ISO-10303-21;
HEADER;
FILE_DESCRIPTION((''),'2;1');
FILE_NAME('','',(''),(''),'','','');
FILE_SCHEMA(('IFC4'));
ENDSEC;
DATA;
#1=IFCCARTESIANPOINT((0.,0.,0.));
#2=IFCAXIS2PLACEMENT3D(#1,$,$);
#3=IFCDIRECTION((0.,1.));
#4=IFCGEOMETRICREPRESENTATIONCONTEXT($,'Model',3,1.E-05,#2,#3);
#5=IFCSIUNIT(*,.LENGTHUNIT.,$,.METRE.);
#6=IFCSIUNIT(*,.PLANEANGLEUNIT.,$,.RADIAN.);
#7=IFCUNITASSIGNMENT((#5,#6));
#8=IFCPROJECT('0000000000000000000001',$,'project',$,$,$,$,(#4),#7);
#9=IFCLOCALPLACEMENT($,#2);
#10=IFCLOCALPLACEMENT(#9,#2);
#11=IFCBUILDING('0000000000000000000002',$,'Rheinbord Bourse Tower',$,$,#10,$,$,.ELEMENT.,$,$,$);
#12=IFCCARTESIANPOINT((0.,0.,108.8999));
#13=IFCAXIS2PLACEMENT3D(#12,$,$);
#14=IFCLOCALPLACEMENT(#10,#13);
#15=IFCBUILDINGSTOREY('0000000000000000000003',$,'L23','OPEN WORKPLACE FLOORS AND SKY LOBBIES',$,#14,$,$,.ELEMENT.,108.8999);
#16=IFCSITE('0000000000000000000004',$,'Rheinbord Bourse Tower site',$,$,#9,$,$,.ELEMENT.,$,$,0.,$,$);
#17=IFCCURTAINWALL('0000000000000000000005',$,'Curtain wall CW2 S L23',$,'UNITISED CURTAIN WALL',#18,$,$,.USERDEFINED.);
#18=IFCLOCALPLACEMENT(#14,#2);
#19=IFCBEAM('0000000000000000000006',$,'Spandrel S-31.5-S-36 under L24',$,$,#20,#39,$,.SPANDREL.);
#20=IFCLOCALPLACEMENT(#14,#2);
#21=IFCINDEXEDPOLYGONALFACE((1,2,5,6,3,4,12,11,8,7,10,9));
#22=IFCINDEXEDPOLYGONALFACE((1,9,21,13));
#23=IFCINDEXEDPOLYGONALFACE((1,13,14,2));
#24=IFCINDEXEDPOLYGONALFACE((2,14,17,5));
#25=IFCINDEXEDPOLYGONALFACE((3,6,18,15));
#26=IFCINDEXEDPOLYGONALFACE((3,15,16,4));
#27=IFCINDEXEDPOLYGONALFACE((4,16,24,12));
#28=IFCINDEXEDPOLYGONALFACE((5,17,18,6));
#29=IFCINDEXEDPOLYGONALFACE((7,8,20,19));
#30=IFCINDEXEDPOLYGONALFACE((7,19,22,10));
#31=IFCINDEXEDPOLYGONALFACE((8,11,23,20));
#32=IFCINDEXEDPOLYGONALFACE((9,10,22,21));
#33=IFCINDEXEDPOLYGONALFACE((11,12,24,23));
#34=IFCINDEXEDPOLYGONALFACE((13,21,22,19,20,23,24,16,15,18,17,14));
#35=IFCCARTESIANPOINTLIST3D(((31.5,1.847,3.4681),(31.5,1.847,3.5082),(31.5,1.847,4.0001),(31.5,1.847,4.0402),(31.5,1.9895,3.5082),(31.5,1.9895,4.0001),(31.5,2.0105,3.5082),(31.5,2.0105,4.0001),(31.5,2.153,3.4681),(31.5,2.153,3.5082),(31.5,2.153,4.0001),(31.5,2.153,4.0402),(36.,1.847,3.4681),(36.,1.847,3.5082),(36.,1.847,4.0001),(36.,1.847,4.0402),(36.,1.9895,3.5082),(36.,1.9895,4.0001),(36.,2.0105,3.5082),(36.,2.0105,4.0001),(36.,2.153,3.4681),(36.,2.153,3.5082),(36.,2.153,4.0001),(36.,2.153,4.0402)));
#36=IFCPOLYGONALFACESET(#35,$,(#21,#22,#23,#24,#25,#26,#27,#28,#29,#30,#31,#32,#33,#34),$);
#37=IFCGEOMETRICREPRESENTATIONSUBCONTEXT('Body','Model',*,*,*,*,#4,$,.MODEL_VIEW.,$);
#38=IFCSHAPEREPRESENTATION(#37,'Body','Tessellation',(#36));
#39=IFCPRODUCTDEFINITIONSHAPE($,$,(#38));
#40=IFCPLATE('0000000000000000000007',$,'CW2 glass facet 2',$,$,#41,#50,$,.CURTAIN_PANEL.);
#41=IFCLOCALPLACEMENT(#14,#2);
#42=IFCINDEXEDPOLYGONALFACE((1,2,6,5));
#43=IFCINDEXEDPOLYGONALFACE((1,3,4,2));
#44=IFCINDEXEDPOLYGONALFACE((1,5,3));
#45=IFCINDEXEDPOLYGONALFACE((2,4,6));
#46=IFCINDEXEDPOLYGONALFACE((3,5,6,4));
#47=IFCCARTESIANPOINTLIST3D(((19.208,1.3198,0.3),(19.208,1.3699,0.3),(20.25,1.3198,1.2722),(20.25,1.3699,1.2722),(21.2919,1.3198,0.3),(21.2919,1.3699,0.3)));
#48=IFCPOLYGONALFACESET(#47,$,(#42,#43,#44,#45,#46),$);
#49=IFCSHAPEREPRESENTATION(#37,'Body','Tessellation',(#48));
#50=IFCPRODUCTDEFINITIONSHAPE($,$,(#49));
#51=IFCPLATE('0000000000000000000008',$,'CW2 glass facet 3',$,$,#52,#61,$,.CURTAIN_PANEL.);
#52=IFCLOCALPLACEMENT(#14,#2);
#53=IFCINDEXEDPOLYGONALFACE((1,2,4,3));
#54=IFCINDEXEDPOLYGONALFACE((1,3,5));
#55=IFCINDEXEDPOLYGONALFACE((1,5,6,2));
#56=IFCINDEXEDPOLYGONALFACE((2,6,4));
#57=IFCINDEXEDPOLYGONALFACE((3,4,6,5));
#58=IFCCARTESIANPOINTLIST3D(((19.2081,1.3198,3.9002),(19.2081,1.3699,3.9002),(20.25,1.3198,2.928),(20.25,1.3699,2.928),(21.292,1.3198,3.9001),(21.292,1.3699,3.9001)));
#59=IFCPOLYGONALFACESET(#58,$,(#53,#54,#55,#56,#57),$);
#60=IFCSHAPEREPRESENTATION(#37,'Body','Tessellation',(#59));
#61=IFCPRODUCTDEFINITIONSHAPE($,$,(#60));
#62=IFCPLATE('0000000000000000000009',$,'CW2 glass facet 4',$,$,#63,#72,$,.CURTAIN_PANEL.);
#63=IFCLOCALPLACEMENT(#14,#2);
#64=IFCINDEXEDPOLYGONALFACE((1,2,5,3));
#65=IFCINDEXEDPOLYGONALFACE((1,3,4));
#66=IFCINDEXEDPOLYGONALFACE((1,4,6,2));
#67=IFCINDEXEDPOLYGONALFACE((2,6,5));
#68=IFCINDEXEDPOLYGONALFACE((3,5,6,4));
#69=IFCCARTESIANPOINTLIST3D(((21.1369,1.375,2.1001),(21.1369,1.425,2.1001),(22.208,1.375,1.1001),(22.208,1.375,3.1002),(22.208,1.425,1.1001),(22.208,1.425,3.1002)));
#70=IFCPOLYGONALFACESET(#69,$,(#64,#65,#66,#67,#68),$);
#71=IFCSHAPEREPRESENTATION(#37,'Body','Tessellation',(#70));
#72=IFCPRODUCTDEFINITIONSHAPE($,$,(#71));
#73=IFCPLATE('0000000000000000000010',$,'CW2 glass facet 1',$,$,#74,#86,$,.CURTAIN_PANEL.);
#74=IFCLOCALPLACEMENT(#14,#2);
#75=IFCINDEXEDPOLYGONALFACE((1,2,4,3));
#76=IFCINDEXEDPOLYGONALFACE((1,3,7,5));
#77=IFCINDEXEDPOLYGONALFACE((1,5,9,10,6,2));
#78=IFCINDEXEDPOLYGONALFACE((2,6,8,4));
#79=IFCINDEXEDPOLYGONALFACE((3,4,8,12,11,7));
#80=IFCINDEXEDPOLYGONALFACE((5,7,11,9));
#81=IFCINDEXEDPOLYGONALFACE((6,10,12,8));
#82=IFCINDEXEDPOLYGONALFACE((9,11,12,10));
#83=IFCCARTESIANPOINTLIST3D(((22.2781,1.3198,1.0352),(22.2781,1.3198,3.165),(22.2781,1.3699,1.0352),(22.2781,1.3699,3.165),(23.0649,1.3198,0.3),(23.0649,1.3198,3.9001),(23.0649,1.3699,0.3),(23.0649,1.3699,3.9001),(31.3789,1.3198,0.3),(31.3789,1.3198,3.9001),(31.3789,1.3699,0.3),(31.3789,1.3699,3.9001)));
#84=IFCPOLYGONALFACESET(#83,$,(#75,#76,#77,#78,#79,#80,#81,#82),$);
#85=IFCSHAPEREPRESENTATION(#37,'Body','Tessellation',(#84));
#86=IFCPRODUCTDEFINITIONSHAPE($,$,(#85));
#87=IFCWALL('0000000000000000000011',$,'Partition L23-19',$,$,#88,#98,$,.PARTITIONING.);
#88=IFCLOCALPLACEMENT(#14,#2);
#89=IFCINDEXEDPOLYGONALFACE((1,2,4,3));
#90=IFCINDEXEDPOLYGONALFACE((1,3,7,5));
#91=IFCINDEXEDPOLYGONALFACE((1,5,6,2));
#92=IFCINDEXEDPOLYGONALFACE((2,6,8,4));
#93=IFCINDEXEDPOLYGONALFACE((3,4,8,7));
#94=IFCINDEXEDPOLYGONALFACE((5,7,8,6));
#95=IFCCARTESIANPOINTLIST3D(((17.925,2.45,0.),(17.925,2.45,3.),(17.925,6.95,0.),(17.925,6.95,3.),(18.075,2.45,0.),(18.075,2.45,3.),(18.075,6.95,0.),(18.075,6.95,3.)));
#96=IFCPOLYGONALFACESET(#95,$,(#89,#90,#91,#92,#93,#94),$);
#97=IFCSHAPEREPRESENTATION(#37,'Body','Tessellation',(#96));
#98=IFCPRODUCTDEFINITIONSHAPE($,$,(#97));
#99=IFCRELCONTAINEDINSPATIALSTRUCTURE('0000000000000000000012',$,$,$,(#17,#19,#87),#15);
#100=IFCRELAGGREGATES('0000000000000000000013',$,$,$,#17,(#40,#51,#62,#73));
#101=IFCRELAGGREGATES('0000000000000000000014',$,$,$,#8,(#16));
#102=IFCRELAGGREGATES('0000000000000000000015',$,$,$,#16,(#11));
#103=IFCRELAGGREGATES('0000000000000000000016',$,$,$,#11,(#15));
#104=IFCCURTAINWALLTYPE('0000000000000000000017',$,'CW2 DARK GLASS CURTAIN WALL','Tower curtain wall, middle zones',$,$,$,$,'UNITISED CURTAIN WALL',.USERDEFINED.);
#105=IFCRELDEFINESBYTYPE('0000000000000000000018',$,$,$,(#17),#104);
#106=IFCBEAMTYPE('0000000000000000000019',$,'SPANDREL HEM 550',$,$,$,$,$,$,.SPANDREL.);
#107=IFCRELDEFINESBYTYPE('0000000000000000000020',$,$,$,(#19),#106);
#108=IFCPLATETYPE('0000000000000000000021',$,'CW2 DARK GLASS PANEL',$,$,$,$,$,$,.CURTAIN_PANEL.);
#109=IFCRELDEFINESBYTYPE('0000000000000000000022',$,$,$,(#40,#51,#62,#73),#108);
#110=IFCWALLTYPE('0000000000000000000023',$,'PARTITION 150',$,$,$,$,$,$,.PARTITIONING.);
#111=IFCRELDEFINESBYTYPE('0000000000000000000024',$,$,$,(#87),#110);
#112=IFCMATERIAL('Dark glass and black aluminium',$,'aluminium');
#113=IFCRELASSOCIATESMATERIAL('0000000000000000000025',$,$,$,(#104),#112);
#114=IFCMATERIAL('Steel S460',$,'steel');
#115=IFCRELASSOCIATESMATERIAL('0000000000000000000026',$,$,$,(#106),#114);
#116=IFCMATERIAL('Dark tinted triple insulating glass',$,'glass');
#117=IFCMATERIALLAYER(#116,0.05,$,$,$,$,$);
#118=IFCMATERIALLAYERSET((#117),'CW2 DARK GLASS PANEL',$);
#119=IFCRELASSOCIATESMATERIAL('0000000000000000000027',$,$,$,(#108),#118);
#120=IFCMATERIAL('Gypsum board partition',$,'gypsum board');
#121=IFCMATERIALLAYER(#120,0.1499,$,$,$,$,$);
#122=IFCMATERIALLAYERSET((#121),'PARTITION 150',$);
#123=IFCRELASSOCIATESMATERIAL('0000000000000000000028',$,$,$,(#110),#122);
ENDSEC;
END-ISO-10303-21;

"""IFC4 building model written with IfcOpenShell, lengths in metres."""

from ifc_helpers import new_model, si_unit, direction, frame, frame_2d, origin, origin_2d, place, context, subcontext, project, spatial, polyline, rectangle, i_section, outline, extrude, material, layer, layer_set, material_profile, profile_set, type_object, element, aggregate, save


model = new_model("IFC4")

# Units and contexts
model_context = context("Model", 3, precision=1e-05, world=origin(), true_north=direction((0.0, 1.0)))
body_context = subcontext(model_context, "Body", "Model", "MODEL_VIEW")
ifc_project = project(units=[si_unit("LENGTHUNIT", "METRE"), si_unit("PLANEANGLEUNIT", "RADIAN")], contexts=[model_context])

# Site, building, storey
site_placement = place(None, origin())
site = spatial("IfcSite", under=ifc_project, at=site_placement, Name="Rheinbord Bourse Tower site", CompositionType="ELEMENT", RefElevation=0.0)
building_placement = place(site_placement, origin())
building = spatial("IfcBuilding", under=site, at=building_placement, Name="Rheinbord Bourse Tower", CompositionType="ELEMENT")
storey_placement = place(building_placement, frame((0.0, 0.0, 108.8999)))
storey = spatial("IfcBuildingStorey", under=building, at=storey_placement, Name="L23", Description="OPEN WORKPLACE FLOORS AND SKY LOBBIES", CompositionType="ELEMENT", Elevation=108.8999)

# Curtain wall
ifc_material_1 = material(Name="Dark glass and black aluminium", Category="aluminium")
curtain_wall_type = type_object("IfcCurtainWallType", Name="CW2 DARK GLASS CURTAIN WALL", Description="Tower curtain wall, middle zones", ElementType="UNITISED CURTAIN WALL", PredefinedType="USERDEFINED", material=ifc_material_1)
curtain_wall_placement = place(storey_placement, origin())
curtain_wall = element("IfcCurtainWall", 1, at=curtain_wall_placement, inside=storey, type_object=curtain_wall_type, Name="Curtain wall CW2 S L23", ObjectType="UNITISED CURTAIN WALL", PredefinedType="USERDEFINED")

# Beam
ifc_material_2 = material(Name="Steel S460", Category="steel")
ifc_material_profile_1 = material_profile(ifc_material_2, i_section(OverallWidth=0.3059, OverallDepth=0.572, WebThickness=0.021, FlangeThickness=0.04, at=origin_2d()), Name="HEM 550")
ifc_profile_set_1 = profile_set([ifc_material_profile_1], Name="Steel S460")
beam_type_1 = type_object("IfcBeamType", Name="SPANDREL HEM 550", PredefinedType="SPANDREL", material=ifc_profile_set_1)
for number, where, z_axis, x_axis, name in (
    (2, (31.5, 2.0, 3.7542), (1.0, 0.0, 0.0), (0.0, 1.0, 0.0), "Spandrel S-31.5-S-36 under L24"),
):
    element("IfcBeam", number, at=place(storey_placement, frame(where, z_axis=z_axis, x_axis=x_axis)), inside=storey, type_object=beam_type_1, Name=name, PredefinedType="SPANDREL", context=body_context, shape_type="SweptSolid", body=[
        extrude(i_section(OverallWidth=0.3059, OverallDepth=0.572, WebThickness=0.021, FlangeThickness=0.04, at=origin_2d()), origin(), (0.0, 0.0, 1.0), 4.5),
    ])

# Plates
ifc_material_3 = material(Name="Dark tinted triple insulating glass", Category="glass")
ifc_layer_1 = layer(ifc_material_3, 0.05)
ifc_layer_set_1 = layer_set([ifc_layer_1], Name="CW2 DARK GLASS PANEL")
plate_type = type_object("IfcPlateType", Name="CW2 DARK GLASS PANEL", PredefinedType="CURTAIN_PANEL", material=ifc_layer_set_1)
plate_1_placement = place(storey_placement, frame((19.208, 1.3198, 0.3), z_axis=(0.0, 1.0, 0.0), x_axis=(0.731181, 0.0, 0.682184)))
plate_1 = element("IfcPlate", 3, at=plate_1_placement, type_object=plate_type, Name="CW2 glass facet 2", PredefinedType="CURTAIN_PANEL", context=body_context, shape_type="SweptSolid", body=[
    extrude(outline(polyline([(0.0, 0.0), (1.425, 0.0), (1.5237, 1.4216), (0.0, 0.0)])), origin(), (0.0, 0.0, 1.0), 0.05),
])
plate_2_placement = place(storey_placement, frame((21.292, 1.3198, 3.9001), z_axis=(0.0, 1.0, 0.0), x_axis=(-0.731181, 0.0, -0.682184)))
plate_2 = element("IfcPlate", 4, at=plate_2_placement, type_object=plate_type, Name="CW2 glass facet 3", PredefinedType="CURTAIN_PANEL", context=body_context, shape_type="SweptSolid", body=[
    extrude(outline(polyline([(0.0, 0.0), (1.425, 0.0), (1.5237, 1.4216), (0.0, 0.0)])), origin(), (0.0, 0.0, 1.0), 0.05),
])
plate_3_placement = place(storey_placement, frame((22.208, 1.375, 1.1001), z_axis=(0.0, 1.0, 0.0), x_axis=(-0.730933, 0.0, 0.682449)))
plate_3 = element("IfcPlate", 5, at=plate_3_placement, type_object=plate_type, Name="CW2 glass facet 4", PredefinedType="CURTAIN_PANEL", context=body_context, shape_type="SweptSolid", body=[
    extrude(outline(polyline([(0.0, 0.0), (1.4653, 0.0), (1.365, 1.4619), (0.0, 0.0)])), origin(), (0.0, 0.0, 1.0), 0.05),
])
plate_4_placement = place(storey_placement, frame((31.3789, 1.3198, 3.9001), z_axis=(0.0, 1.0, 0.0), x_axis=(0.0, 0.0, -1.0)))
plate_4 = element("IfcPlate", 6, at=plate_4_placement, type_object=plate_type, Name="CW2 glass facet 1", PredefinedType="CURTAIN_PANEL", context=body_context, shape_type="SweptSolid", body=[
    extrude(outline(polyline([(0.0, 0.0), (3.6001, 0.0), (3.6001, 8.314), (2.865, 9.1008), (0.7351, 9.1008), (0.0, 8.314), (0.0, 0.0)])), origin(), (0.0, 0.0, 1.0), 0.05),
])
aggregate(curtain_wall, [plate_1, plate_2, plate_3, plate_4])

# Wall
ifc_material_4 = material(Name="Gypsum board partition", Category="gypsum board")
ifc_layer_2 = layer(ifc_material_4, 0.1499)
ifc_layer_set_2 = layer_set([ifc_layer_2], Name="PARTITION 150")
wall_type = type_object("IfcWallType", Name="PARTITION 150", PredefinedType="PARTITIONING", material=ifc_layer_set_2)
wall_placement = place(storey_placement, frame((18.0, 2.45, 0.0), z_axis=(0.0, 0.0, 1.0), x_axis=(0.0, 1.0, 0.0)))
element("IfcWall", 7, at=wall_placement, inside=storey, type_object=wall_type, Name="Partition L23-19", PredefinedType="PARTITIONING", context=body_context, shape_type="SweptSolid", body=[
    extrude(rectangle(XDim=4.5, YDim=0.1499, at=frame_2d((2.25, 0.0))), origin(), (0.0, 0.0, 1.0), 3.0),
])

save(model, "model.ifc")
